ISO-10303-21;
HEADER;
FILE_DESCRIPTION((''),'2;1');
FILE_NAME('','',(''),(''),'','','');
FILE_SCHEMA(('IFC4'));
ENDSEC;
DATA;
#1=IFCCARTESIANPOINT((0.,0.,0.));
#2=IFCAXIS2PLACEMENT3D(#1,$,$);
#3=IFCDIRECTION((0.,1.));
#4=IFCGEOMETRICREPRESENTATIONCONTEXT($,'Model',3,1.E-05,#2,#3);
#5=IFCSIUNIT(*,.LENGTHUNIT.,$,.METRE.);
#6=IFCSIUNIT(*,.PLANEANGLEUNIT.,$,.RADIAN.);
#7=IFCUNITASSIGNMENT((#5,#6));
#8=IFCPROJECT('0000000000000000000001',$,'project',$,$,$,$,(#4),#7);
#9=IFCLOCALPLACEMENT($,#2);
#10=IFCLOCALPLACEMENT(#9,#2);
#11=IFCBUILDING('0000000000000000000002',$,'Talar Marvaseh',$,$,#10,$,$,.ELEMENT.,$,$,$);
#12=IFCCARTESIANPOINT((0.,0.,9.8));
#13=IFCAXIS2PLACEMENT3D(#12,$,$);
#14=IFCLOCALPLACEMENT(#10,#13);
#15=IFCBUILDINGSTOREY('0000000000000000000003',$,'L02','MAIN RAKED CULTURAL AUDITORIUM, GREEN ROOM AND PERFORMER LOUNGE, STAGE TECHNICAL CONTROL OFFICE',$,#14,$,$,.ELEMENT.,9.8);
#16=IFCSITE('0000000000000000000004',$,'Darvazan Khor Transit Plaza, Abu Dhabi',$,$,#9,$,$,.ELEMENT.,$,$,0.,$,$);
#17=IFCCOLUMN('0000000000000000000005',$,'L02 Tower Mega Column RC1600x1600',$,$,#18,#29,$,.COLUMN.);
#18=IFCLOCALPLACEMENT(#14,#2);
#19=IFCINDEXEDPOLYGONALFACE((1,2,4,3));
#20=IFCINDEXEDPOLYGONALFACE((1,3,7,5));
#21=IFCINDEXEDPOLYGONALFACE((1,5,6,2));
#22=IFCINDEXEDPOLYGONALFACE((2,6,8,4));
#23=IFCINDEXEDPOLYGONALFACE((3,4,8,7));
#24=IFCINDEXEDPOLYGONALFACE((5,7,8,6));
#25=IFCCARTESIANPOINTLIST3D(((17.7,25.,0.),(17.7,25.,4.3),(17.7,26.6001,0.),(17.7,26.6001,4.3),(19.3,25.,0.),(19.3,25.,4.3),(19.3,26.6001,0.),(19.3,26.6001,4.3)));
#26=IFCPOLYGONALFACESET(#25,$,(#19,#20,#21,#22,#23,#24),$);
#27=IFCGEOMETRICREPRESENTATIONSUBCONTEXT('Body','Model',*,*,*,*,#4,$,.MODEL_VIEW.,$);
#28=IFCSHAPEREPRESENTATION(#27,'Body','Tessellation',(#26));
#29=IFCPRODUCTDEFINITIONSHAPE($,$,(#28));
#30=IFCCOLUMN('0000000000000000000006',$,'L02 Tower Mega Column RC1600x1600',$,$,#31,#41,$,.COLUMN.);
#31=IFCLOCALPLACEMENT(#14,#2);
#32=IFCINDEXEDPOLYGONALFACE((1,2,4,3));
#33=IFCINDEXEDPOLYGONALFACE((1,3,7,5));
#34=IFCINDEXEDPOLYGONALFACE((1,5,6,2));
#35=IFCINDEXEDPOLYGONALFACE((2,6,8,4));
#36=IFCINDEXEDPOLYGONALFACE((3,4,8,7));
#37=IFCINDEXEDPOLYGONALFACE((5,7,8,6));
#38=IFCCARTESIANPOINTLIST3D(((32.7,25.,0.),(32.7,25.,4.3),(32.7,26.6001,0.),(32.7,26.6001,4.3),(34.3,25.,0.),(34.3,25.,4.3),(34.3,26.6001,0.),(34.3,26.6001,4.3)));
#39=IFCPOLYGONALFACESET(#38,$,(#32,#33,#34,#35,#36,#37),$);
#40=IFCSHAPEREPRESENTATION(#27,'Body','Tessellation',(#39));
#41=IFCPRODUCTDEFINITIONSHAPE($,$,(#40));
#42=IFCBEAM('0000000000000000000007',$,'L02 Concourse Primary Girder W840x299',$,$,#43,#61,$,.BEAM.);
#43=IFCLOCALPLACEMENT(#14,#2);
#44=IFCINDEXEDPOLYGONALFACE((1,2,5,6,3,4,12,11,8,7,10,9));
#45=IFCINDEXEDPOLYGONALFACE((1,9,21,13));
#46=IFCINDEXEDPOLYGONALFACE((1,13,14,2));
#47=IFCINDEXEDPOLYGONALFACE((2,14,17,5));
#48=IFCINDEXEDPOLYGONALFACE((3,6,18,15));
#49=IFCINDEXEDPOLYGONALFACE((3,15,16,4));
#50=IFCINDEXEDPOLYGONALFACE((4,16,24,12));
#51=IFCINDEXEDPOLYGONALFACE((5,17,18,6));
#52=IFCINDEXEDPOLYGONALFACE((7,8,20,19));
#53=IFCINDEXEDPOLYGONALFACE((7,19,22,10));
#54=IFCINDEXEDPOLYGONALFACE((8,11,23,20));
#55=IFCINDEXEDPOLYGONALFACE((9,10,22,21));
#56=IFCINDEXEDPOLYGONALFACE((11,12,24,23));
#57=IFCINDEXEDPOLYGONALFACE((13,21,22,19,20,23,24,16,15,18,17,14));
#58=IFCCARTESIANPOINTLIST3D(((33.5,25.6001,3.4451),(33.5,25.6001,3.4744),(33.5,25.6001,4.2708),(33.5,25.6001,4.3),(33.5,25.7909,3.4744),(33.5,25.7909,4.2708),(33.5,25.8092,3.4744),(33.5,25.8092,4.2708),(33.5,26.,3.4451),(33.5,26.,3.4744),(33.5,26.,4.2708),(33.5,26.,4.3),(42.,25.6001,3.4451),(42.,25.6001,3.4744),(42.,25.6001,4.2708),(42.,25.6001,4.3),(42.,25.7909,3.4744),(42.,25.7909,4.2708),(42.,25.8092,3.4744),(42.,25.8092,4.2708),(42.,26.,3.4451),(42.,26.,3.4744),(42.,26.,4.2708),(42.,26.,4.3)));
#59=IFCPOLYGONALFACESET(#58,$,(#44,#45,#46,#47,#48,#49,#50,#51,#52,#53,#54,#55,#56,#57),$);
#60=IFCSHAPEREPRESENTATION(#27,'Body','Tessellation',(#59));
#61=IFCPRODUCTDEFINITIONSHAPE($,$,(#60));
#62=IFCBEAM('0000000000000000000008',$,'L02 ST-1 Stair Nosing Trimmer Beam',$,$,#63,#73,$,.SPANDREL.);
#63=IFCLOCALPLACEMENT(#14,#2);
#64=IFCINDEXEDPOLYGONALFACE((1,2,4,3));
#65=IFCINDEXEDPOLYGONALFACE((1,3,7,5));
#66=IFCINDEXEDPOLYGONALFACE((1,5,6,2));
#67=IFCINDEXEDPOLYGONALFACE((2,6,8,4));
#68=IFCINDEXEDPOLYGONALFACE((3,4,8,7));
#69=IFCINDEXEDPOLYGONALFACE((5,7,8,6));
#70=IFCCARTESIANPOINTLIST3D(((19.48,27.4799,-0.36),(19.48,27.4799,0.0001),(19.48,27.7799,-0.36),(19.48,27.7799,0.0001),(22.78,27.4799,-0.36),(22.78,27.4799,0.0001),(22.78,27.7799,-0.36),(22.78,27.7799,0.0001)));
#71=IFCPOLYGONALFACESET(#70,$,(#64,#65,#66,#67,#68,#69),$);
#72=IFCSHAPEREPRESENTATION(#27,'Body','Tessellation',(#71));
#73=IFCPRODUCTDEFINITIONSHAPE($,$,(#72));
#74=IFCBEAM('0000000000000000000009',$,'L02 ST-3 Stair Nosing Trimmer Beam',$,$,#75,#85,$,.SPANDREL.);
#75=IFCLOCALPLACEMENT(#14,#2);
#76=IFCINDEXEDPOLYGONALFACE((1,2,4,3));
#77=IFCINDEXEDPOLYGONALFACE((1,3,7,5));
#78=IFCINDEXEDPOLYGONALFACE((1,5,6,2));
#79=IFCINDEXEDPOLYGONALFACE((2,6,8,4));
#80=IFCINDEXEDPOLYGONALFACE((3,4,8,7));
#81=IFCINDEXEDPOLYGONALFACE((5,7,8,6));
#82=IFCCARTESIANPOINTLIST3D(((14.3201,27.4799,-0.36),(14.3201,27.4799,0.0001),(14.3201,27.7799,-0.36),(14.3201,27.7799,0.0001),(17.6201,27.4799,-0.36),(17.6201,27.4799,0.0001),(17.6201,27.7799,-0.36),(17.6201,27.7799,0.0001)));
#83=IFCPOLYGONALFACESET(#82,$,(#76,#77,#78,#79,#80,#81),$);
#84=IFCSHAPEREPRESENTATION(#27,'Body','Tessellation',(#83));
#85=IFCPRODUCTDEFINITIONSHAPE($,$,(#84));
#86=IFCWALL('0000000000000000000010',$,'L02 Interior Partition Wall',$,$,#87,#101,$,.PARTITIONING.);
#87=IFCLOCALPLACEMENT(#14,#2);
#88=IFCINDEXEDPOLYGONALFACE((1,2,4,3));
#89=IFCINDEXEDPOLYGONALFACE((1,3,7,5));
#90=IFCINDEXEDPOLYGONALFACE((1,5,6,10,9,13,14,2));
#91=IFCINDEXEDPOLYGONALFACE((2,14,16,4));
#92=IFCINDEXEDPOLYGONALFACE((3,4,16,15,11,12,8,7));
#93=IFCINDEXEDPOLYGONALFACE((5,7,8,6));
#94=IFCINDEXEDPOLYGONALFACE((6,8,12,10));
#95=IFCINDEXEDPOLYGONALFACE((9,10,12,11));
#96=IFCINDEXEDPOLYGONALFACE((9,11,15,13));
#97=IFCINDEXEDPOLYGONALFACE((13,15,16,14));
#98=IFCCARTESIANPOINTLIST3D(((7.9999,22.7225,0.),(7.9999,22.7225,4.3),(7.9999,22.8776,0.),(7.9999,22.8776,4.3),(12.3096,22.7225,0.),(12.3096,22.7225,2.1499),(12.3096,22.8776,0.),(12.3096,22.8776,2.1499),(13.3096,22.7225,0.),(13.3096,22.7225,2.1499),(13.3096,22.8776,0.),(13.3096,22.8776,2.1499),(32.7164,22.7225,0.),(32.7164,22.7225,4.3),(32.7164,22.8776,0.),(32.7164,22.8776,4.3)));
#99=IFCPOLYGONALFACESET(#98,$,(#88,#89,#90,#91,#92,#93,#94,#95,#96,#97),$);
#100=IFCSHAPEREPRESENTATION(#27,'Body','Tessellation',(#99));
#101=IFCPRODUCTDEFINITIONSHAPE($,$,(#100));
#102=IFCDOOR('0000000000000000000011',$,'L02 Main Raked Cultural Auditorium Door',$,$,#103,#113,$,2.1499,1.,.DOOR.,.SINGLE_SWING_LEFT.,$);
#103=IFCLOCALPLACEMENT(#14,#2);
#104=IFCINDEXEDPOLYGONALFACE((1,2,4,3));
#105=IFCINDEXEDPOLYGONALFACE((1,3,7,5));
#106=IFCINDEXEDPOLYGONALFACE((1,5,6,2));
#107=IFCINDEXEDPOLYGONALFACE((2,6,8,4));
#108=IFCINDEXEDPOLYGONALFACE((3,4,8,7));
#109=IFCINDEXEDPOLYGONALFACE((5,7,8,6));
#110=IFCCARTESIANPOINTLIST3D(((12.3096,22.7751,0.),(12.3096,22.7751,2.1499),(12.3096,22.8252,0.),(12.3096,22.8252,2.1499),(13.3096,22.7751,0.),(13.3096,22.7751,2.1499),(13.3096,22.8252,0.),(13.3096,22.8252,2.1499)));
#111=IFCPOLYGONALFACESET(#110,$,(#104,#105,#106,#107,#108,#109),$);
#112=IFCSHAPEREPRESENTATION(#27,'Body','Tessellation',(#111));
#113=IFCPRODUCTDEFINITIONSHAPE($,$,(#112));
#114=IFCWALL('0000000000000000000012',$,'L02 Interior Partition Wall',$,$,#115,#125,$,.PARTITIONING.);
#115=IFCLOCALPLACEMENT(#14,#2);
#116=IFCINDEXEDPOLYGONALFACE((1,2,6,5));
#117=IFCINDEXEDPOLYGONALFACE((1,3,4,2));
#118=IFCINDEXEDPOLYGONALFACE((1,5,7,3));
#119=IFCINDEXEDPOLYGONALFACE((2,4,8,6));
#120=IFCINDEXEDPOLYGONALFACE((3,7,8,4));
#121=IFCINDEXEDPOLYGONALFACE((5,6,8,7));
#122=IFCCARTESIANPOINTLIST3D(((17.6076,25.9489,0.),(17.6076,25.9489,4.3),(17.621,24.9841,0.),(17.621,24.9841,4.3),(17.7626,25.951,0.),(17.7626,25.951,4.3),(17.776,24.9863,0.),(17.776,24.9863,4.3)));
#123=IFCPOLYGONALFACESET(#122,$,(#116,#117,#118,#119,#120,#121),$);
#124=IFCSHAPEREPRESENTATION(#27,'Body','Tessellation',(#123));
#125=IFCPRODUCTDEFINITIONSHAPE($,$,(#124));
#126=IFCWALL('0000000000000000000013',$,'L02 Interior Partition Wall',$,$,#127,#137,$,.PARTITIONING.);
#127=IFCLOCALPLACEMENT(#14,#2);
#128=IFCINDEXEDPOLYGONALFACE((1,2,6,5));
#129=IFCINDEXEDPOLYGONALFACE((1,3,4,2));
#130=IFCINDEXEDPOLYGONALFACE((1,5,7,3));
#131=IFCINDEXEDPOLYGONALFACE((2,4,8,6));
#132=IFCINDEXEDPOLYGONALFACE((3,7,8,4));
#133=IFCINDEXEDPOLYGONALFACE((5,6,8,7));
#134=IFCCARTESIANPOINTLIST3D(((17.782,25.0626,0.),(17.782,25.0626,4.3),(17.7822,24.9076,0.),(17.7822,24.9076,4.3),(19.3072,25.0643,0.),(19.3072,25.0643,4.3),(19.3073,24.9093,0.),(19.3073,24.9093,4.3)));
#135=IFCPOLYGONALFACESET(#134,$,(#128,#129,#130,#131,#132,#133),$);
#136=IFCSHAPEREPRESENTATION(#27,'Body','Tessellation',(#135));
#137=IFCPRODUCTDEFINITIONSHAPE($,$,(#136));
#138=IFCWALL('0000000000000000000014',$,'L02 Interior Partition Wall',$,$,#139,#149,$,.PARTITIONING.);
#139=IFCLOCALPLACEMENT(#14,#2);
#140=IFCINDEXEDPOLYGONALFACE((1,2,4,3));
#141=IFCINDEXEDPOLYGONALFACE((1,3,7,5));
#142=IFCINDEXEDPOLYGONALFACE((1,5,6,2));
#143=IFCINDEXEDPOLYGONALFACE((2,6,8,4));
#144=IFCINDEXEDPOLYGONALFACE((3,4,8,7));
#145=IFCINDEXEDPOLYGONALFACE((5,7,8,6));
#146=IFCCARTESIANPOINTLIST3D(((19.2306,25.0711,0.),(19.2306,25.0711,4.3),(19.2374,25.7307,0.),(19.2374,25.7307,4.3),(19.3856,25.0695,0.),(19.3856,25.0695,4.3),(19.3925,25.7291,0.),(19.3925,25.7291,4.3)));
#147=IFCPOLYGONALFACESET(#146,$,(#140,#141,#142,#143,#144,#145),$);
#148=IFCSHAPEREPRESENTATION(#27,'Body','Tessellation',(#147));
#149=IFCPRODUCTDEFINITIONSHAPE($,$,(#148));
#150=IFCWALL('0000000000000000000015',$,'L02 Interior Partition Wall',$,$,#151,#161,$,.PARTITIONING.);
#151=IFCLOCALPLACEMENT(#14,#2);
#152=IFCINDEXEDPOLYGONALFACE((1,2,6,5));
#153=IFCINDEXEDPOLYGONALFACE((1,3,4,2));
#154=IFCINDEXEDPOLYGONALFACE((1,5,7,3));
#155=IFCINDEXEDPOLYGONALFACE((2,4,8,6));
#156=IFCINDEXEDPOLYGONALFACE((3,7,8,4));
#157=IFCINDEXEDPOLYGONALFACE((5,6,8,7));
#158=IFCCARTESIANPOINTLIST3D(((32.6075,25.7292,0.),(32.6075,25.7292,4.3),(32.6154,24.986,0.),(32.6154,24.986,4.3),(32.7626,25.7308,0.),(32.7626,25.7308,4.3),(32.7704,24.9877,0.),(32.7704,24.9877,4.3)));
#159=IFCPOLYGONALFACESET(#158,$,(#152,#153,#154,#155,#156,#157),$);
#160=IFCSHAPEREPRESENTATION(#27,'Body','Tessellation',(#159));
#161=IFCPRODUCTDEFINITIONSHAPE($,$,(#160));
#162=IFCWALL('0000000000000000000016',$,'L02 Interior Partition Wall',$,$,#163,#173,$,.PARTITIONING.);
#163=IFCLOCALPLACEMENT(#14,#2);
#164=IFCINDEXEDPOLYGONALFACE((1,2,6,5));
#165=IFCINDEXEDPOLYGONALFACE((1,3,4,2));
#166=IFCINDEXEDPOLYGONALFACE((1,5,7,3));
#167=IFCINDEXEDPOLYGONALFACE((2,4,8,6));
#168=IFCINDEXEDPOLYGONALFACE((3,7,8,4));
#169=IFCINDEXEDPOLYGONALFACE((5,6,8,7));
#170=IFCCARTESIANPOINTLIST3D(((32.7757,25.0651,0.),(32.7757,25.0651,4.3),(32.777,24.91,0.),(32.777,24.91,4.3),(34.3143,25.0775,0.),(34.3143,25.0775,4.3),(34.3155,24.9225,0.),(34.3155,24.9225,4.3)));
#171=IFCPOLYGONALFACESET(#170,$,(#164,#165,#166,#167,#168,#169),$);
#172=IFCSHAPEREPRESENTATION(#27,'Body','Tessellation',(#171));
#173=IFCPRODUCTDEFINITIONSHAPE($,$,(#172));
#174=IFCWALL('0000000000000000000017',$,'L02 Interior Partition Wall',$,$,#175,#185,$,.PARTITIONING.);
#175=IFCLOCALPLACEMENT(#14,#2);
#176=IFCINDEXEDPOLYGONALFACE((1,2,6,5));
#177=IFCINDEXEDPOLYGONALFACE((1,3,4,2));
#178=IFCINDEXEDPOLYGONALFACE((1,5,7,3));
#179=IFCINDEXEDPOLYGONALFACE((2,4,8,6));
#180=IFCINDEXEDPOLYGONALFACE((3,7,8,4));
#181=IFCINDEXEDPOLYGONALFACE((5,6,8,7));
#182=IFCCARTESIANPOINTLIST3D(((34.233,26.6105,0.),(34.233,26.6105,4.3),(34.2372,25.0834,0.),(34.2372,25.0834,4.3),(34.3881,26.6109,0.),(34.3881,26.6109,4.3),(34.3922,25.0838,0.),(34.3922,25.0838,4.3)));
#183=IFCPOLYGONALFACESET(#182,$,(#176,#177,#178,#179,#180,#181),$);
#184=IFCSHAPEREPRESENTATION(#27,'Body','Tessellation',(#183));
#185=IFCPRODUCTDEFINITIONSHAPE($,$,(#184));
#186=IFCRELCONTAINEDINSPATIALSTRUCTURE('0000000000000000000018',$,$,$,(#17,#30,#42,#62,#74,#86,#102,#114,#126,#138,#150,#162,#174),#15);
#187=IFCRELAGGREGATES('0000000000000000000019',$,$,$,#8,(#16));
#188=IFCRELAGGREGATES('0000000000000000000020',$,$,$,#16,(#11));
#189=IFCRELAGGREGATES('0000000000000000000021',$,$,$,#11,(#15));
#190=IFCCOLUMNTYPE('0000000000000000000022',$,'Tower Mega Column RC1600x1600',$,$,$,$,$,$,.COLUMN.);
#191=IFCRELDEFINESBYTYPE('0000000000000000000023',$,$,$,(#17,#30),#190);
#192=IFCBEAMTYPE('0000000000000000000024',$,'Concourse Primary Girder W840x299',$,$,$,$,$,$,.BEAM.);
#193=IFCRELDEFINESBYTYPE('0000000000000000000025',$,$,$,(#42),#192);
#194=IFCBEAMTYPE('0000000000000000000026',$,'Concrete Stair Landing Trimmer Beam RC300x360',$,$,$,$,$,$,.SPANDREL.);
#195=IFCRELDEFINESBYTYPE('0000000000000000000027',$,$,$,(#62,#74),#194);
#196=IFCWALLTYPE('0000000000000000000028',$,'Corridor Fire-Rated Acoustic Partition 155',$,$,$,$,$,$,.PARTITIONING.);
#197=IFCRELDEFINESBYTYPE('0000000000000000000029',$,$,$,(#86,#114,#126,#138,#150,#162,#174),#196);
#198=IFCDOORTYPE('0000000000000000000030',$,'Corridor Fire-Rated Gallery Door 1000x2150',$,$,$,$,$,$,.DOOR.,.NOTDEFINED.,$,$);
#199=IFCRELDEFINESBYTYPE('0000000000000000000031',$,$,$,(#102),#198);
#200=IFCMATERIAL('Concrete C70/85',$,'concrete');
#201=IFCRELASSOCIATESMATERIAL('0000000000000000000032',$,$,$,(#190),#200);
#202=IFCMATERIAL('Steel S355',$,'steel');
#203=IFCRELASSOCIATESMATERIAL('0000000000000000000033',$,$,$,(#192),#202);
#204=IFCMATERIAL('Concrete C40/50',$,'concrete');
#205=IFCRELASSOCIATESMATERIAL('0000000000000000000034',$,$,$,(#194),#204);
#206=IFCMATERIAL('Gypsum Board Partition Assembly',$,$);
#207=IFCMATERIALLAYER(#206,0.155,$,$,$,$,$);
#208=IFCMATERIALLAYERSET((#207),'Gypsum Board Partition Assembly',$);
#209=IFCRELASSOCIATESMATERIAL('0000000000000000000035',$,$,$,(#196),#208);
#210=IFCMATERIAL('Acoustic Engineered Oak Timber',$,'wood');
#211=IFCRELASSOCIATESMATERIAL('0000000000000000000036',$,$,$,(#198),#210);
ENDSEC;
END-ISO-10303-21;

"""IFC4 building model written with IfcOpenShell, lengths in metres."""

from ifc_helpers import new_model, si_unit, direction, frame, frame_2d, origin, origin_2d, place, context, subcontext, project, spatial, rectangle, i_section, extrude, source, transform, mapped, material, layer, layer_set, material_profile, profile_set, type_object, type_shapes, element, fill, save


model = new_model("IFC4")

# Units and contexts
model_context = context("Model", 3, precision=1e-05, world=origin(), true_north=direction((0.0, 1.0)))
body_context = subcontext(model_context, "Body", "Model", "MODEL_VIEW")
ifc_project = project(units=[si_unit("LENGTHUNIT", "METRE"), si_unit("PLANEANGLEUNIT", "RADIAN")], contexts=[model_context])

# Site, building, storey
site_placement = place(None, origin())
site = spatial("IfcSite", under=ifc_project, at=site_placement, Name="Darvazan Khor Transit Plaza, Abu Dhabi", CompositionType="ELEMENT", RefElevation=0.0)
building_placement = place(site_placement, origin())
building = spatial("IfcBuilding", under=site, at=building_placement, Name="Talar Marvaseh", CompositionType="ELEMENT")
storey_placement = place(building_placement, frame((0.0, 0.0, 9.8)))
storey = spatial("IfcBuildingStorey", under=building, at=storey_placement, Name="L02", Description="MAIN RAKED CULTURAL AUDITORIUM, GREEN ROOM AND PERFORMER LOUNGE, STAGE TECHNICAL CONTROL OFFICE", CompositionType="ELEMENT", Elevation=9.8)

# Columns
ifc_material_1 = material(Name="Concrete C70/85", Category="concrete")
ifc_material_profile_1 = material_profile(ifc_material_1, rectangle(XDim=1.6001, YDim=1.6001, at=origin_2d()), Name="RC1600x1600")
ifc_profile_set_1 = profile_set([ifc_material_profile_1], Name="Concrete C70/85")
column_type = type_object("IfcColumnType", Name="Tower Mega Column RC1600x1600", PredefinedType="COLUMN", material=ifc_profile_set_1)
for number, where, z_axis, x_axis, name in (
    (1, (18.5, 25.8, 0.0), (0.0, 0.0, 1.0), (1.0, 0.0, 0.0), "L02 Tower Mega Column RC1600x1600"),
    (2, (33.5, 25.8, 0.0), (0.0, 0.0, 1.0), (1.0, 0.0, 0.0), "L02 Tower Mega Column RC1600x1600"),
):
    element("IfcColumn", number, at=place(storey_placement, frame(where, z_axis=z_axis, x_axis=x_axis)), inside=storey, type_object=column_type, Name=name, PredefinedType="COLUMN", context=body_context, shape_type="SweptSolid", body=[
        extrude(rectangle(XDim=1.6001, YDim=1.6001, at=origin_2d()), origin(), (0.0, 0.0, 1.0), 4.3),
    ])

# Beams
ifc_material_2 = material(Name="Steel S355", Category="steel")
ifc_material_profile_2 = material_profile(ifc_material_2, i_section(OverallWidth=0.3999, OverallDepth=0.855, WebThickness=0.0183, FlangeThickness=0.0293, at=origin_2d()), Name="W840x299")
ifc_profile_set_2 = profile_set([ifc_material_profile_2], Name="Steel S355")
beam_type_1 = type_object("IfcBeamType", Name="Concourse Primary Girder W840x299", PredefinedType="BEAM", material=ifc_profile_set_2)
beam_placement = place(storey_placement, frame((33.5, 25.8, 3.8726), z_axis=(1.0, 0.0, 0.0), x_axis=(0.0, 1.0, 0.0)))
element("IfcBeam", 3, at=beam_placement, inside=storey, type_object=beam_type_1, Name="L02 Concourse Primary Girder W840x299", PredefinedType="BEAM", context=body_context, shape_type="SweptSolid", body=[
    extrude(i_section(OverallWidth=0.3999, OverallDepth=0.855, WebThickness=0.0183, FlangeThickness=0.0293, at=origin_2d()), origin(), (0.0, 0.0, 1.0), 8.5),
])
ifc_material_3 = material(Name="Concrete C40/50", Category="concrete")
ifc_material_profile_3 = material_profile(ifc_material_3, rectangle(XDim=0.3, YDim=0.3601, at=origin_2d()), Name="RC300x360")
ifc_profile_set_3 = profile_set([ifc_material_profile_3], Name="Concrete C40/50")
beam_type_2 = type_object("IfcBeamType", Name="Concrete Stair Landing Trimmer Beam RC300x360", PredefinedType="SPANDREL", material=ifc_profile_set_3)
for number, where, z_axis, x_axis, name in (
    (4, (22.78, 27.6299, -0.1799), (-1.0, 0.0, 0.0), (0.0, -1.0, 0.0), "L02 ST-1 Stair Nosing Trimmer Beam"),
    (5, (17.6201, 27.6299, -0.1799), (-1.0, 0.0, 0.0), (0.0, -1.0, 0.0), "L02 ST-3 Stair Nosing Trimmer Beam"),
):
    element("IfcBeam", number, at=place(storey_placement, frame(where, z_axis=z_axis, x_axis=x_axis)), inside=storey, type_object=beam_type_2, Name=name, PredefinedType="SPANDREL", context=body_context, shape_type="SweptSolid", body=[
        extrude(rectangle(XDim=0.3, YDim=0.3601, at=origin_2d()), origin(), (0.0, 0.0, 1.0), 3.3),
    ])

# Wall, opening, door
ifc_material_4 = material(Name="Gypsum Board Partition Assembly")
ifc_layer_1 = layer(ifc_material_4, 0.155)
ifc_layer_set_1 = layer_set([ifc_layer_1], Name="Gypsum Board Partition Assembly")
wall_type_1 = type_object("IfcWallType", Name="Corridor Fire-Rated Acoustic Partition 155", PredefinedType="PARTITIONING", material=ifc_layer_set_1)
wall_1_placement = place(storey_placement, frame((32.7166, 22.8, 0.0), z_axis=(0.0, 0.0, 1.0), x_axis=(-1.0, 0.0, 0.0)))
wall_1 = element("IfcWall", 6, at=wall_1_placement, inside=storey, type_object=wall_type_1, Name="L02 Interior Partition Wall", PredefinedType="PARTITIONING", context=body_context, shape_type="SweptSolid", body=[
    extrude(rectangle(XDim=24.7166, YDim=0.155, at=frame_2d((12.3584, 0.0))), origin(), (0.0, 0.0, 1.0), 4.3),
])
opening_1_placement = place(wall_1_placement, frame((19.407, 0.0, 0.0)))
opening_1 = element("IfcOpeningElement", 7, at=opening_1_placement, cuts=wall_1, PredefinedType="OPENING", context=body_context, shape_type="SweptSolid", body=[
    extrude(rectangle(XDim=1.0, YDim=2.1499, at=frame_2d((0.5, 1.075))), frame((0.0, 0.0874, 0.0), z_axis=(0.0, -1.0, 0.0), x_axis=(1.0, 0.0, 0.0)), (0.0, 0.0, 1.0), 0.175),
])
ifc_material_5 = material(Name="Acoustic Engineered Oak Timber", Category="wood")
door_type_1 = type_object("IfcDoorType", Name="Corridor Fire-Rated Gallery Door 1000x2150", OperationType="NOTDEFINED", PredefinedType="DOOR", material=ifc_material_5)
shared_shape_1 = source(origin(), body_context, "Body", "SweptSolid", [
    extrude(rectangle(XDim=1.0, YDim=2.1499, at=frame_2d((0.5, 1.075))), frame((0.0, 0.0249, 0.0), z_axis=(0.0, -1.0, 0.0), x_axis=(1.0, 0.0, 0.0)), (0.0, 0.0, 1.0), 0.05),
])
type_shapes(door_type_1, [shared_shape_1])
door_1_placement = place(opening_1_placement, origin())
door_1 = element("IfcDoor", 8, at=door_1_placement, inside=storey, type_object=door_type_1, Name="L02 Main Raked Cultural Auditorium Door", OperationType="SINGLE_SWING_LEFT", OverallHeight=2.1499, OverallWidth=1.0, PredefinedType="DOOR", context=body_context, shape_type="MappedRepresentation", body=[
    mapped(shared_shape_1, transform((0.0, 0.0, 0.0), x_axis=(1.0, 0.0, 0.0), y_axis=(0.0, 1.0, 0.0), z_axis=(0.0, 0.0, 1.0), scale=1.0)),
])
fill(opening_1, door_1)

# Walls
wall_2_placement = place(storey_placement, frame((17.6851, 25.95, 0.0), z_axis=(0.0, 0.0, 1.0), x_axis=(0.013916, -0.999903, 0.0)))
element("IfcWall", 9, at=wall_2_placement, inside=storey, type_object=wall_type_1, Name="L02 Interior Partition Wall", PredefinedType="PARTITIONING", context=body_context, shape_type="SweptSolid", body=[
    extrude(rectangle(XDim=0.9648, YDim=0.155, at=frame_2d((0.4824, 0.0))), origin(), (0.0, 0.0, 1.0), 4.3),
])
wall_3_placement = place(storey_placement, frame((17.782, 24.9851, 0.0), z_axis=(0.0, 0.0, 1.0), x_axis=(0.999999, 0.001121, 0.0)))
element("IfcWall", 10, at=wall_3_placement, inside=storey, type_object=wall_type_1, Name="L02 Interior Partition Wall", PredefinedType="PARTITIONING", context=body_context, shape_type="SweptSolid", body=[
    extrude(rectangle(XDim=1.5251, YDim=0.155, at=frame_2d((0.7627, 0.0))), origin(), (0.0, 0.0, 1.0), 4.3),
])
wall_4_placement = place(storey_placement, frame((19.3081, 25.0703, 0.0), z_axis=(0.0, 0.0, 1.0), x_axis=(0.010362, 0.999946, 0.0)))
element("IfcWall", 11, at=wall_4_placement, inside=storey, type_object=wall_type_1, Name="L02 Interior Partition Wall", PredefinedType="PARTITIONING", context=body_context, shape_type="SweptSolid", body=[
    extrude(rectangle(XDim=0.6597, YDim=0.155, at=frame_2d((0.3298, 0.0))), origin(), (0.0, 0.0, 1.0), 4.3),
])
wall_5_placement = place(storey_placement, frame((32.6851, 25.73, 0.0), z_axis=(0.0, 0.0, 1.0), x_axis=(0.010512, -0.999945, 0.0)))
element("IfcWall", 12, at=wall_5_placement, inside=storey, type_object=wall_type_1, Name="L02 Interior Partition Wall", PredefinedType="PARTITIONING", context=body_context, shape_type="SweptSolid", body=[
    extrude(rectangle(XDim=0.7432, YDim=0.155, at=frame_2d((0.3716, 0.0))), origin(), (0.0, 0.0, 1.0), 4.3),
])
wall_6_placement = place(storey_placement, frame((32.7764, 24.9875, 0.0), z_axis=(0.0, 0.0, 1.0), x_axis=(0.999967, 0.008092, 0.0)))
element("IfcWall", 13, at=wall_6_placement, inside=storey, type_object=wall_type_1, Name="L02 Interior Partition Wall", PredefinedType="PARTITIONING", context=body_context, shape_type="SweptSolid", body=[
    extrude(rectangle(XDim=1.5386, YDim=0.155, at=frame_2d((0.7693, 0.0))), origin(), (0.0, 0.0, 1.0), 4.3),
])
wall_7_placement = place(storey_placement, frame((34.3147, 25.0835, 0.0), z_axis=(0.0, 0.0, 1.0), x_axis=(-0.002718, 0.999996, 0.0)))
element("IfcWall", 14, at=wall_7_placement, inside=storey, type_object=wall_type_1, Name="L02 Interior Partition Wall", PredefinedType="PARTITIONING", context=body_context, shape_type="SweptSolid", body=[
    extrude(rectangle(XDim=1.5271, YDim=0.155, at=frame_2d((0.7637, 0.0))), origin(), (0.0, 0.0, 1.0), 4.3),
])

save(model, "model.ifc")
